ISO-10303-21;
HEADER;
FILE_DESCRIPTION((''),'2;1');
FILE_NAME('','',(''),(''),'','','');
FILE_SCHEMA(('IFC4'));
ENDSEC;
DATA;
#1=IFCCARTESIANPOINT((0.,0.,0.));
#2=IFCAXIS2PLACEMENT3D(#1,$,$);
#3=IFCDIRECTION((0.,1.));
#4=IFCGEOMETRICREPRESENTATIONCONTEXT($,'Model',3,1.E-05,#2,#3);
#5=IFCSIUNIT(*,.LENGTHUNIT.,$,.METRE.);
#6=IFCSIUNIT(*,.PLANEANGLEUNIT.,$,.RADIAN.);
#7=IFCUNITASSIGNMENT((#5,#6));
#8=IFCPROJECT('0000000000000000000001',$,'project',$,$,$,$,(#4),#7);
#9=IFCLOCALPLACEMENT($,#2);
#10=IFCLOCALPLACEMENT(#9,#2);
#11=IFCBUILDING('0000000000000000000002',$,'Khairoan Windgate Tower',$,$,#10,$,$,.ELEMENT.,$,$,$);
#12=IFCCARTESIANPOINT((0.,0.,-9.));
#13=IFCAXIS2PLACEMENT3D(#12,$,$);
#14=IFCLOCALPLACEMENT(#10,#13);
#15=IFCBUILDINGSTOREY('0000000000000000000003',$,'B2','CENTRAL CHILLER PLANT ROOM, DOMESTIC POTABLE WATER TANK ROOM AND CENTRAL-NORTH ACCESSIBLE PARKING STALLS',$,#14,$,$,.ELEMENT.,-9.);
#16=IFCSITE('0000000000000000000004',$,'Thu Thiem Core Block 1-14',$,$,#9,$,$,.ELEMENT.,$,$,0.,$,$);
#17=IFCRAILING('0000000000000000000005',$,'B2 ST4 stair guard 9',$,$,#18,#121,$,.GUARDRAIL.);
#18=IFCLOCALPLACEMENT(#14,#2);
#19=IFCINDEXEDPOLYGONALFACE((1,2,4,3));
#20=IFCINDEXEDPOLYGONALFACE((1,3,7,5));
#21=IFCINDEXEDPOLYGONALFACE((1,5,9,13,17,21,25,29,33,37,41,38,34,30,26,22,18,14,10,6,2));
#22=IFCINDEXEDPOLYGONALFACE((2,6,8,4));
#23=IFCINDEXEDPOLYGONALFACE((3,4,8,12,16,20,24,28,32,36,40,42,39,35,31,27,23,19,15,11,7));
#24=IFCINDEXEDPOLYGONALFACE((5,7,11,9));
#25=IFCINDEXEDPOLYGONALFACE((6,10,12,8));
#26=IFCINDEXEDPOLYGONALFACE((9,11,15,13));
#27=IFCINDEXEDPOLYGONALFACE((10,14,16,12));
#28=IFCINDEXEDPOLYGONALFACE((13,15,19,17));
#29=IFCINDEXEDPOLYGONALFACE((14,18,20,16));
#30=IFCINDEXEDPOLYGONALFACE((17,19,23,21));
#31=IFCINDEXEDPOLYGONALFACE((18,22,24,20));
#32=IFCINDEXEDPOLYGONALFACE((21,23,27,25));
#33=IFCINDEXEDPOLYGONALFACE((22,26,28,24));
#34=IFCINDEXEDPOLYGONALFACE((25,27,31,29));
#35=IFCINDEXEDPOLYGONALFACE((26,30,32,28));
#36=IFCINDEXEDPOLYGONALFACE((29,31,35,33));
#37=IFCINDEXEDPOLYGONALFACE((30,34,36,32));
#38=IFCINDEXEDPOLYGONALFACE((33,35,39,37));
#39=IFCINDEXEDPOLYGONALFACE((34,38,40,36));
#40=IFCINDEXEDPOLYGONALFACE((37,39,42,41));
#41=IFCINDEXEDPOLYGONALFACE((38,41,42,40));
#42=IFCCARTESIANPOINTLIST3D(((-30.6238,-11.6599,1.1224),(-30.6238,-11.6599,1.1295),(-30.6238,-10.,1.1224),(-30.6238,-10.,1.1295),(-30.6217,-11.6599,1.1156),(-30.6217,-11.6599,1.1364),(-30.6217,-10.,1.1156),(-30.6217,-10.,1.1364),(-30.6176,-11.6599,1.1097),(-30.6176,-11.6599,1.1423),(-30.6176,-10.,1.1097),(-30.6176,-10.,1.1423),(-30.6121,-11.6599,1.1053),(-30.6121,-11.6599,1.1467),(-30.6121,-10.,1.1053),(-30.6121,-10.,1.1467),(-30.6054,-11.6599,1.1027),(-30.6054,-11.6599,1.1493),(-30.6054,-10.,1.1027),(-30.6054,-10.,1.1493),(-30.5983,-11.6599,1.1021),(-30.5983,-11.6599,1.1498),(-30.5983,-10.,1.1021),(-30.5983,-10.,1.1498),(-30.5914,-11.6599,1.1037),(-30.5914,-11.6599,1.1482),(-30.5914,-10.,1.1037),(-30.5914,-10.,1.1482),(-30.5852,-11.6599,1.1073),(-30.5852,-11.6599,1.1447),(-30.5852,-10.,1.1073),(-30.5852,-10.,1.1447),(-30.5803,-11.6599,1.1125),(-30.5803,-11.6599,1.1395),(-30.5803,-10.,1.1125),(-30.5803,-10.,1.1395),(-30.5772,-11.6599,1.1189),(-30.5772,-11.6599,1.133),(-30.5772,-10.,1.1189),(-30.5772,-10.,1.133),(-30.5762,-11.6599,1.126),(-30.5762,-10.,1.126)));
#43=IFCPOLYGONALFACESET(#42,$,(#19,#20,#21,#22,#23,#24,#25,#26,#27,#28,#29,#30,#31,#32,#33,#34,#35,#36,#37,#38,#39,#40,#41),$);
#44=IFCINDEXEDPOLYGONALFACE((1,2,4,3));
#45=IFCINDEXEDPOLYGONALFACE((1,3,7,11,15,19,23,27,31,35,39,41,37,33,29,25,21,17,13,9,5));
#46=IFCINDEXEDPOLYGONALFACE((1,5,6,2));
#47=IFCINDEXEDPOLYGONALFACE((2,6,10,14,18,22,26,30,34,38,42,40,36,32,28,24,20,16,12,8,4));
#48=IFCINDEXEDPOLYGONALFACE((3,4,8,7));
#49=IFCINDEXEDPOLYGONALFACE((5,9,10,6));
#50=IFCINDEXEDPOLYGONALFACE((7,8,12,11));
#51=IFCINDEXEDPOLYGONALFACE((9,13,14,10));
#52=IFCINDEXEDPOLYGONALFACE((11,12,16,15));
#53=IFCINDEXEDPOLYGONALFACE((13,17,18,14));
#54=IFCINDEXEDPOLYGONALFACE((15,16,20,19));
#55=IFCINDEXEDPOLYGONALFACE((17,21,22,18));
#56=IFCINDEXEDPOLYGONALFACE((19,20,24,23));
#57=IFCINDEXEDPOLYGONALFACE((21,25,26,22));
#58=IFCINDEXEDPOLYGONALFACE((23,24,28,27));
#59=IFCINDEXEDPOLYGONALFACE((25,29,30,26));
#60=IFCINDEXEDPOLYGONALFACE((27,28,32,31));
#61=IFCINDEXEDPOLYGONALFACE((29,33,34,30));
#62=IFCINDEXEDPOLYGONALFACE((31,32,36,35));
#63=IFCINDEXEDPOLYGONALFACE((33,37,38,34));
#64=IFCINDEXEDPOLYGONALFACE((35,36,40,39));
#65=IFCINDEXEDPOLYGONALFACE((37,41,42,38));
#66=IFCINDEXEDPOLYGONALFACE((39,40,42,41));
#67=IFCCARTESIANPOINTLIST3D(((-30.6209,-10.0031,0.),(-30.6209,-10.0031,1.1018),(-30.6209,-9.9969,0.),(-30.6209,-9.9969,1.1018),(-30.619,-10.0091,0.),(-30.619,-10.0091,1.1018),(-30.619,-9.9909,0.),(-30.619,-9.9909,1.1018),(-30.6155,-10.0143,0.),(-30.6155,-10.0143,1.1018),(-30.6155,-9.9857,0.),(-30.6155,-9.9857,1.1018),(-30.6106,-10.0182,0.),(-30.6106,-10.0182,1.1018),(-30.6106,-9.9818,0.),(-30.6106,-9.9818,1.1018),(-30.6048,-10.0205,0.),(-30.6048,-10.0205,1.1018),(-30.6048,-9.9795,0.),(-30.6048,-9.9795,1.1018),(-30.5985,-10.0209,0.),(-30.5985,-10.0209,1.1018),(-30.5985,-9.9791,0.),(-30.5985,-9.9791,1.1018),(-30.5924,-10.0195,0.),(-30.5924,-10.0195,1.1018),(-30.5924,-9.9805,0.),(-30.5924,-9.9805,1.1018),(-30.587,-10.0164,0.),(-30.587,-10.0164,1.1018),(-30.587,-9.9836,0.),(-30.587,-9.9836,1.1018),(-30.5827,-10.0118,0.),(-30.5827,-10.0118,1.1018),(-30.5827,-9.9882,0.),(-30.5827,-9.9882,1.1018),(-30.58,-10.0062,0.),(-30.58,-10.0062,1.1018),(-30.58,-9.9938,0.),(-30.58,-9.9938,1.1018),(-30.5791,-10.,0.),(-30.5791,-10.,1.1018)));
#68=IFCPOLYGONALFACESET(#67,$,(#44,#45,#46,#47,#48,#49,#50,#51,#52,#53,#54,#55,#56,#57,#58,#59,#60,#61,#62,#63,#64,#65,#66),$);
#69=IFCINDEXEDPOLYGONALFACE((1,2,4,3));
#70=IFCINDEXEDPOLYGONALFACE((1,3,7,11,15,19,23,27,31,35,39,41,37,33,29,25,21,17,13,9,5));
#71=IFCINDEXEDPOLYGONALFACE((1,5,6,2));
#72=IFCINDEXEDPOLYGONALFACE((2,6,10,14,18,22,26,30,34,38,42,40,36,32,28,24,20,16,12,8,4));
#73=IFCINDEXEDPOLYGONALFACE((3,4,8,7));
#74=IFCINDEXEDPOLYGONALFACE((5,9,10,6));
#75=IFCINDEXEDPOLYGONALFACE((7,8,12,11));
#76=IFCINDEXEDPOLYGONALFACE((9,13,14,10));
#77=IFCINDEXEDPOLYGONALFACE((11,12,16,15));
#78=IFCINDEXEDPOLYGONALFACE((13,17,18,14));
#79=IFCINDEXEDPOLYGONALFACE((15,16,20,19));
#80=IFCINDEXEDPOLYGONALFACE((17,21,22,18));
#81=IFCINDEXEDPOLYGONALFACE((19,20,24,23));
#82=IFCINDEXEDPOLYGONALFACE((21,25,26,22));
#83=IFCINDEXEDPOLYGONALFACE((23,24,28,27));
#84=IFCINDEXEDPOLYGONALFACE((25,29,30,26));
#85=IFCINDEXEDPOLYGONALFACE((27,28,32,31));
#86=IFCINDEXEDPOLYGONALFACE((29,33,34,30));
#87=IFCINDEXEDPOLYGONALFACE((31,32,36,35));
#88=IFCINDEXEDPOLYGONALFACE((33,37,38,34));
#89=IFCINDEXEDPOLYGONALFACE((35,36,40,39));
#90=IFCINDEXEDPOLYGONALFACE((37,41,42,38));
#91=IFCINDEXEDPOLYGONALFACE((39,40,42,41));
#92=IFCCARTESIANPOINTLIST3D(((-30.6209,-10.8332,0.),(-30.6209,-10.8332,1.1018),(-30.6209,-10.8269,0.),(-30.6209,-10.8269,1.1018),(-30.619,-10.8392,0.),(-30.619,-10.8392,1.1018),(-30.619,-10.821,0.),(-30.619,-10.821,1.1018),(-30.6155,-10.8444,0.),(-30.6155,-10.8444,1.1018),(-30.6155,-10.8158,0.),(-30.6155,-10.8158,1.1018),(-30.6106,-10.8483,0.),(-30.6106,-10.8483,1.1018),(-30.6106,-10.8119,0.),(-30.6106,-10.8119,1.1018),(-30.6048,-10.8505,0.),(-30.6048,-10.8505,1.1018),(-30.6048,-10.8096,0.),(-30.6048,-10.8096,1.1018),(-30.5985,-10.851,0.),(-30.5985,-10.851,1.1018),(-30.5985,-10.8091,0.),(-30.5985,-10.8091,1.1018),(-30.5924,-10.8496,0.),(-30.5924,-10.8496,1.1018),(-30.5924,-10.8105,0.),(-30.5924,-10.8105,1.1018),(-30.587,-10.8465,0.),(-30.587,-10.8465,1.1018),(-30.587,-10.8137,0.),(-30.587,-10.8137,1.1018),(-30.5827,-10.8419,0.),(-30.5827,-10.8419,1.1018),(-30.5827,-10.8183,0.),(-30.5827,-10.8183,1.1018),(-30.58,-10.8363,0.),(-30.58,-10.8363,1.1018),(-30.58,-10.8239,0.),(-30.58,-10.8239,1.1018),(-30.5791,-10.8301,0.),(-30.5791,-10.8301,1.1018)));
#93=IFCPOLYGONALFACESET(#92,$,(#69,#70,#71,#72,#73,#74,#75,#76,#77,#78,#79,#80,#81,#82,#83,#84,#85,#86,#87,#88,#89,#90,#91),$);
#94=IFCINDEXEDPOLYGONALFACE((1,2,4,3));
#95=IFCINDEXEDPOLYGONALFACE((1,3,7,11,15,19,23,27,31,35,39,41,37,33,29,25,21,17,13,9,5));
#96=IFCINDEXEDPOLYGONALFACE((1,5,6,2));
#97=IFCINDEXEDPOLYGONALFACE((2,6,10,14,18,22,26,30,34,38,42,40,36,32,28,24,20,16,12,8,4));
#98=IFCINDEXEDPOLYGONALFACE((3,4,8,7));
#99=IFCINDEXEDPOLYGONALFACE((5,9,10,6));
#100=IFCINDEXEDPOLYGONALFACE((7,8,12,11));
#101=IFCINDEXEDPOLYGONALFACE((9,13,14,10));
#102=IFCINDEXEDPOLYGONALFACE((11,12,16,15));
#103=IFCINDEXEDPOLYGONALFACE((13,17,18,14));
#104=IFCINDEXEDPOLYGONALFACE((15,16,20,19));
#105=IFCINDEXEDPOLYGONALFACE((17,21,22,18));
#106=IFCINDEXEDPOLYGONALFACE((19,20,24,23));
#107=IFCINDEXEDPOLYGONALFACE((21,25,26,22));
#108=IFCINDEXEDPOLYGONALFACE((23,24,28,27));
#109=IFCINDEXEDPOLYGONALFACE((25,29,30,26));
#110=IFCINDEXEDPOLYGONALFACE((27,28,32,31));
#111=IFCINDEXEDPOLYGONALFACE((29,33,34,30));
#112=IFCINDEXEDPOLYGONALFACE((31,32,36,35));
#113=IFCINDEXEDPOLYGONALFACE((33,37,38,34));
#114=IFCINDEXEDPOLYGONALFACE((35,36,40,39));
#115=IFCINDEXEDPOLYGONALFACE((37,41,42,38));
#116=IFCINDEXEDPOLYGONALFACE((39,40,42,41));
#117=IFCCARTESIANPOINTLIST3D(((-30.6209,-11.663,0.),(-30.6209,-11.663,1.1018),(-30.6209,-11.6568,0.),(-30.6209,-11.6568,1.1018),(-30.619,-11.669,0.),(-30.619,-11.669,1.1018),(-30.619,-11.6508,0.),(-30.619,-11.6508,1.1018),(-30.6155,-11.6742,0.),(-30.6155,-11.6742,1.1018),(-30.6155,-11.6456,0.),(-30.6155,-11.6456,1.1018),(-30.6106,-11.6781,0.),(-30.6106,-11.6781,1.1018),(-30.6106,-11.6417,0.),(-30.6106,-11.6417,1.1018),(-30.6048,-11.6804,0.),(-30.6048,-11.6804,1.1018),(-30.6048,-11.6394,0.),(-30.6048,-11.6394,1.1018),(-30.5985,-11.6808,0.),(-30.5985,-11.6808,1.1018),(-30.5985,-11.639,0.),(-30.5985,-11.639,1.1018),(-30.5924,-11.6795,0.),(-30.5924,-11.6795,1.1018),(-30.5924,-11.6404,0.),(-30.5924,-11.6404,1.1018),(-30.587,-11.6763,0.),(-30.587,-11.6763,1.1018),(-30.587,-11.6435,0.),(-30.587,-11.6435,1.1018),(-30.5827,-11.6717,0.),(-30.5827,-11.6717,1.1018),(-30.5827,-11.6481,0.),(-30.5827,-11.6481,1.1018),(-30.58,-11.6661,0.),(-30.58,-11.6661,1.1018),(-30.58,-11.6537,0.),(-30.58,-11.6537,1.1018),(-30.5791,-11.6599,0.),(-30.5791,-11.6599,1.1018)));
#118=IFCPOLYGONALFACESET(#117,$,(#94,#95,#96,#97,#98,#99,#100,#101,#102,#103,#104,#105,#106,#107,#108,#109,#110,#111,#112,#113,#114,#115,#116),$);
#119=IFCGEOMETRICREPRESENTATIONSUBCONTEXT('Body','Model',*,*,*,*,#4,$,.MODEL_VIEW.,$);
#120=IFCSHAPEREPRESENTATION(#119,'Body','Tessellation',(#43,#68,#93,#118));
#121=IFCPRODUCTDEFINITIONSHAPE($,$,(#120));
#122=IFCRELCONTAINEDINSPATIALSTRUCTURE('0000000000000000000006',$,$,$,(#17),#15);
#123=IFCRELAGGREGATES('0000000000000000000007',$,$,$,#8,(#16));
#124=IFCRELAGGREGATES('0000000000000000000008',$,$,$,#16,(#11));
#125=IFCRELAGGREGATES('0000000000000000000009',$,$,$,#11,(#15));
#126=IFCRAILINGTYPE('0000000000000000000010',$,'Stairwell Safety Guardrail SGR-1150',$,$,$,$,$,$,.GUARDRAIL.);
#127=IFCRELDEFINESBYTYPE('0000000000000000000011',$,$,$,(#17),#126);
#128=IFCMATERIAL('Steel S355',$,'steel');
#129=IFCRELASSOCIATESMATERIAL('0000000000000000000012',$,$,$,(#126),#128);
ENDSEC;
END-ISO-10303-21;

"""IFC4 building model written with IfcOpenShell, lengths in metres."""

from ifc_helpers import new_model, si_unit, direction, frame, origin, origin_2d, place, context, subcontext, project, spatial, circle, extrude, material, type_object, element, save


model = new_model("IFC4")

# Units and contexts
model_context = context("Model", 3, precision=1e-05, world=origin(), true_north=direction((0.0, 1.0)))
body_context = subcontext(model_context, "Body", "Model", "MODEL_VIEW")
ifc_project = project(units=[si_unit("LENGTHUNIT", "METRE"), si_unit("PLANEANGLEUNIT", "RADIAN")], contexts=[model_context])

# Site, building, storey
site_placement = place(None, origin())
site = spatial("IfcSite", under=ifc_project, at=site_placement, Name="Thu Thiem Core Block 1-14", CompositionType="ELEMENT", RefElevation=0.0)
building_placement = place(site_placement, origin())
building = spatial("IfcBuilding", under=site, at=building_placement, Name="Khairoan Windgate Tower", CompositionType="ELEMENT")
storey_placement = place(building_placement, frame((0.0, 0.0, -9.0)))
storey = spatial("IfcBuildingStorey", under=building, at=storey_placement, Name="B2", Description="CENTRAL CHILLER PLANT ROOM, DOMESTIC POTABLE WATER TANK ROOM AND CENTRAL-NORTH ACCESSIBLE PARKING STALLS", CompositionType="ELEMENT", Elevation=-9.0)

# Railing
ifc_material_1 = material(Name="Steel S355", Category="steel")
railing_type_1 = type_object("IfcRailingType", Name="Stairwell Safety Guardrail SGR-1150", PredefinedType="GUARDRAIL", material=ifc_material_1)
for number, where, name in (
    (1, (-30.6001, -10.0, 0.0), "B2 ST4 stair guard 9"),
):
    element("IfcRailing", number, at=place(storey_placement, frame(where)), inside=storey, type_object=railing_type_1, Name=name, PredefinedType="GUARDRAIL", context=body_context, shape_type="SweptSolid", body=[
        extrude(circle(Radius=0.0239, at=origin_2d()), frame((0.0, 0.0, 1.126), z_axis=(0.0, -1.0, 0.0), x_axis=(1.0, 0.0, 0.0)), (0.0, 0.0, 1.0), 1.6599),
        extrude(circle(Radius=0.021, at=origin_2d()), origin(), (0.0, 0.0, 1.0), 1.1018),
        extrude(circle(Radius=0.021, at=origin_2d()), frame((0.0, -0.8301, 0.0)), (0.0, 0.0, 1.0), 1.1018),
        extrude(circle(Radius=0.021, at=origin_2d()), frame((0.0, -1.6599, 0.0)), (0.0, 0.0, 1.0), 1.1018),
    ])

save(model, "model.ifc")
